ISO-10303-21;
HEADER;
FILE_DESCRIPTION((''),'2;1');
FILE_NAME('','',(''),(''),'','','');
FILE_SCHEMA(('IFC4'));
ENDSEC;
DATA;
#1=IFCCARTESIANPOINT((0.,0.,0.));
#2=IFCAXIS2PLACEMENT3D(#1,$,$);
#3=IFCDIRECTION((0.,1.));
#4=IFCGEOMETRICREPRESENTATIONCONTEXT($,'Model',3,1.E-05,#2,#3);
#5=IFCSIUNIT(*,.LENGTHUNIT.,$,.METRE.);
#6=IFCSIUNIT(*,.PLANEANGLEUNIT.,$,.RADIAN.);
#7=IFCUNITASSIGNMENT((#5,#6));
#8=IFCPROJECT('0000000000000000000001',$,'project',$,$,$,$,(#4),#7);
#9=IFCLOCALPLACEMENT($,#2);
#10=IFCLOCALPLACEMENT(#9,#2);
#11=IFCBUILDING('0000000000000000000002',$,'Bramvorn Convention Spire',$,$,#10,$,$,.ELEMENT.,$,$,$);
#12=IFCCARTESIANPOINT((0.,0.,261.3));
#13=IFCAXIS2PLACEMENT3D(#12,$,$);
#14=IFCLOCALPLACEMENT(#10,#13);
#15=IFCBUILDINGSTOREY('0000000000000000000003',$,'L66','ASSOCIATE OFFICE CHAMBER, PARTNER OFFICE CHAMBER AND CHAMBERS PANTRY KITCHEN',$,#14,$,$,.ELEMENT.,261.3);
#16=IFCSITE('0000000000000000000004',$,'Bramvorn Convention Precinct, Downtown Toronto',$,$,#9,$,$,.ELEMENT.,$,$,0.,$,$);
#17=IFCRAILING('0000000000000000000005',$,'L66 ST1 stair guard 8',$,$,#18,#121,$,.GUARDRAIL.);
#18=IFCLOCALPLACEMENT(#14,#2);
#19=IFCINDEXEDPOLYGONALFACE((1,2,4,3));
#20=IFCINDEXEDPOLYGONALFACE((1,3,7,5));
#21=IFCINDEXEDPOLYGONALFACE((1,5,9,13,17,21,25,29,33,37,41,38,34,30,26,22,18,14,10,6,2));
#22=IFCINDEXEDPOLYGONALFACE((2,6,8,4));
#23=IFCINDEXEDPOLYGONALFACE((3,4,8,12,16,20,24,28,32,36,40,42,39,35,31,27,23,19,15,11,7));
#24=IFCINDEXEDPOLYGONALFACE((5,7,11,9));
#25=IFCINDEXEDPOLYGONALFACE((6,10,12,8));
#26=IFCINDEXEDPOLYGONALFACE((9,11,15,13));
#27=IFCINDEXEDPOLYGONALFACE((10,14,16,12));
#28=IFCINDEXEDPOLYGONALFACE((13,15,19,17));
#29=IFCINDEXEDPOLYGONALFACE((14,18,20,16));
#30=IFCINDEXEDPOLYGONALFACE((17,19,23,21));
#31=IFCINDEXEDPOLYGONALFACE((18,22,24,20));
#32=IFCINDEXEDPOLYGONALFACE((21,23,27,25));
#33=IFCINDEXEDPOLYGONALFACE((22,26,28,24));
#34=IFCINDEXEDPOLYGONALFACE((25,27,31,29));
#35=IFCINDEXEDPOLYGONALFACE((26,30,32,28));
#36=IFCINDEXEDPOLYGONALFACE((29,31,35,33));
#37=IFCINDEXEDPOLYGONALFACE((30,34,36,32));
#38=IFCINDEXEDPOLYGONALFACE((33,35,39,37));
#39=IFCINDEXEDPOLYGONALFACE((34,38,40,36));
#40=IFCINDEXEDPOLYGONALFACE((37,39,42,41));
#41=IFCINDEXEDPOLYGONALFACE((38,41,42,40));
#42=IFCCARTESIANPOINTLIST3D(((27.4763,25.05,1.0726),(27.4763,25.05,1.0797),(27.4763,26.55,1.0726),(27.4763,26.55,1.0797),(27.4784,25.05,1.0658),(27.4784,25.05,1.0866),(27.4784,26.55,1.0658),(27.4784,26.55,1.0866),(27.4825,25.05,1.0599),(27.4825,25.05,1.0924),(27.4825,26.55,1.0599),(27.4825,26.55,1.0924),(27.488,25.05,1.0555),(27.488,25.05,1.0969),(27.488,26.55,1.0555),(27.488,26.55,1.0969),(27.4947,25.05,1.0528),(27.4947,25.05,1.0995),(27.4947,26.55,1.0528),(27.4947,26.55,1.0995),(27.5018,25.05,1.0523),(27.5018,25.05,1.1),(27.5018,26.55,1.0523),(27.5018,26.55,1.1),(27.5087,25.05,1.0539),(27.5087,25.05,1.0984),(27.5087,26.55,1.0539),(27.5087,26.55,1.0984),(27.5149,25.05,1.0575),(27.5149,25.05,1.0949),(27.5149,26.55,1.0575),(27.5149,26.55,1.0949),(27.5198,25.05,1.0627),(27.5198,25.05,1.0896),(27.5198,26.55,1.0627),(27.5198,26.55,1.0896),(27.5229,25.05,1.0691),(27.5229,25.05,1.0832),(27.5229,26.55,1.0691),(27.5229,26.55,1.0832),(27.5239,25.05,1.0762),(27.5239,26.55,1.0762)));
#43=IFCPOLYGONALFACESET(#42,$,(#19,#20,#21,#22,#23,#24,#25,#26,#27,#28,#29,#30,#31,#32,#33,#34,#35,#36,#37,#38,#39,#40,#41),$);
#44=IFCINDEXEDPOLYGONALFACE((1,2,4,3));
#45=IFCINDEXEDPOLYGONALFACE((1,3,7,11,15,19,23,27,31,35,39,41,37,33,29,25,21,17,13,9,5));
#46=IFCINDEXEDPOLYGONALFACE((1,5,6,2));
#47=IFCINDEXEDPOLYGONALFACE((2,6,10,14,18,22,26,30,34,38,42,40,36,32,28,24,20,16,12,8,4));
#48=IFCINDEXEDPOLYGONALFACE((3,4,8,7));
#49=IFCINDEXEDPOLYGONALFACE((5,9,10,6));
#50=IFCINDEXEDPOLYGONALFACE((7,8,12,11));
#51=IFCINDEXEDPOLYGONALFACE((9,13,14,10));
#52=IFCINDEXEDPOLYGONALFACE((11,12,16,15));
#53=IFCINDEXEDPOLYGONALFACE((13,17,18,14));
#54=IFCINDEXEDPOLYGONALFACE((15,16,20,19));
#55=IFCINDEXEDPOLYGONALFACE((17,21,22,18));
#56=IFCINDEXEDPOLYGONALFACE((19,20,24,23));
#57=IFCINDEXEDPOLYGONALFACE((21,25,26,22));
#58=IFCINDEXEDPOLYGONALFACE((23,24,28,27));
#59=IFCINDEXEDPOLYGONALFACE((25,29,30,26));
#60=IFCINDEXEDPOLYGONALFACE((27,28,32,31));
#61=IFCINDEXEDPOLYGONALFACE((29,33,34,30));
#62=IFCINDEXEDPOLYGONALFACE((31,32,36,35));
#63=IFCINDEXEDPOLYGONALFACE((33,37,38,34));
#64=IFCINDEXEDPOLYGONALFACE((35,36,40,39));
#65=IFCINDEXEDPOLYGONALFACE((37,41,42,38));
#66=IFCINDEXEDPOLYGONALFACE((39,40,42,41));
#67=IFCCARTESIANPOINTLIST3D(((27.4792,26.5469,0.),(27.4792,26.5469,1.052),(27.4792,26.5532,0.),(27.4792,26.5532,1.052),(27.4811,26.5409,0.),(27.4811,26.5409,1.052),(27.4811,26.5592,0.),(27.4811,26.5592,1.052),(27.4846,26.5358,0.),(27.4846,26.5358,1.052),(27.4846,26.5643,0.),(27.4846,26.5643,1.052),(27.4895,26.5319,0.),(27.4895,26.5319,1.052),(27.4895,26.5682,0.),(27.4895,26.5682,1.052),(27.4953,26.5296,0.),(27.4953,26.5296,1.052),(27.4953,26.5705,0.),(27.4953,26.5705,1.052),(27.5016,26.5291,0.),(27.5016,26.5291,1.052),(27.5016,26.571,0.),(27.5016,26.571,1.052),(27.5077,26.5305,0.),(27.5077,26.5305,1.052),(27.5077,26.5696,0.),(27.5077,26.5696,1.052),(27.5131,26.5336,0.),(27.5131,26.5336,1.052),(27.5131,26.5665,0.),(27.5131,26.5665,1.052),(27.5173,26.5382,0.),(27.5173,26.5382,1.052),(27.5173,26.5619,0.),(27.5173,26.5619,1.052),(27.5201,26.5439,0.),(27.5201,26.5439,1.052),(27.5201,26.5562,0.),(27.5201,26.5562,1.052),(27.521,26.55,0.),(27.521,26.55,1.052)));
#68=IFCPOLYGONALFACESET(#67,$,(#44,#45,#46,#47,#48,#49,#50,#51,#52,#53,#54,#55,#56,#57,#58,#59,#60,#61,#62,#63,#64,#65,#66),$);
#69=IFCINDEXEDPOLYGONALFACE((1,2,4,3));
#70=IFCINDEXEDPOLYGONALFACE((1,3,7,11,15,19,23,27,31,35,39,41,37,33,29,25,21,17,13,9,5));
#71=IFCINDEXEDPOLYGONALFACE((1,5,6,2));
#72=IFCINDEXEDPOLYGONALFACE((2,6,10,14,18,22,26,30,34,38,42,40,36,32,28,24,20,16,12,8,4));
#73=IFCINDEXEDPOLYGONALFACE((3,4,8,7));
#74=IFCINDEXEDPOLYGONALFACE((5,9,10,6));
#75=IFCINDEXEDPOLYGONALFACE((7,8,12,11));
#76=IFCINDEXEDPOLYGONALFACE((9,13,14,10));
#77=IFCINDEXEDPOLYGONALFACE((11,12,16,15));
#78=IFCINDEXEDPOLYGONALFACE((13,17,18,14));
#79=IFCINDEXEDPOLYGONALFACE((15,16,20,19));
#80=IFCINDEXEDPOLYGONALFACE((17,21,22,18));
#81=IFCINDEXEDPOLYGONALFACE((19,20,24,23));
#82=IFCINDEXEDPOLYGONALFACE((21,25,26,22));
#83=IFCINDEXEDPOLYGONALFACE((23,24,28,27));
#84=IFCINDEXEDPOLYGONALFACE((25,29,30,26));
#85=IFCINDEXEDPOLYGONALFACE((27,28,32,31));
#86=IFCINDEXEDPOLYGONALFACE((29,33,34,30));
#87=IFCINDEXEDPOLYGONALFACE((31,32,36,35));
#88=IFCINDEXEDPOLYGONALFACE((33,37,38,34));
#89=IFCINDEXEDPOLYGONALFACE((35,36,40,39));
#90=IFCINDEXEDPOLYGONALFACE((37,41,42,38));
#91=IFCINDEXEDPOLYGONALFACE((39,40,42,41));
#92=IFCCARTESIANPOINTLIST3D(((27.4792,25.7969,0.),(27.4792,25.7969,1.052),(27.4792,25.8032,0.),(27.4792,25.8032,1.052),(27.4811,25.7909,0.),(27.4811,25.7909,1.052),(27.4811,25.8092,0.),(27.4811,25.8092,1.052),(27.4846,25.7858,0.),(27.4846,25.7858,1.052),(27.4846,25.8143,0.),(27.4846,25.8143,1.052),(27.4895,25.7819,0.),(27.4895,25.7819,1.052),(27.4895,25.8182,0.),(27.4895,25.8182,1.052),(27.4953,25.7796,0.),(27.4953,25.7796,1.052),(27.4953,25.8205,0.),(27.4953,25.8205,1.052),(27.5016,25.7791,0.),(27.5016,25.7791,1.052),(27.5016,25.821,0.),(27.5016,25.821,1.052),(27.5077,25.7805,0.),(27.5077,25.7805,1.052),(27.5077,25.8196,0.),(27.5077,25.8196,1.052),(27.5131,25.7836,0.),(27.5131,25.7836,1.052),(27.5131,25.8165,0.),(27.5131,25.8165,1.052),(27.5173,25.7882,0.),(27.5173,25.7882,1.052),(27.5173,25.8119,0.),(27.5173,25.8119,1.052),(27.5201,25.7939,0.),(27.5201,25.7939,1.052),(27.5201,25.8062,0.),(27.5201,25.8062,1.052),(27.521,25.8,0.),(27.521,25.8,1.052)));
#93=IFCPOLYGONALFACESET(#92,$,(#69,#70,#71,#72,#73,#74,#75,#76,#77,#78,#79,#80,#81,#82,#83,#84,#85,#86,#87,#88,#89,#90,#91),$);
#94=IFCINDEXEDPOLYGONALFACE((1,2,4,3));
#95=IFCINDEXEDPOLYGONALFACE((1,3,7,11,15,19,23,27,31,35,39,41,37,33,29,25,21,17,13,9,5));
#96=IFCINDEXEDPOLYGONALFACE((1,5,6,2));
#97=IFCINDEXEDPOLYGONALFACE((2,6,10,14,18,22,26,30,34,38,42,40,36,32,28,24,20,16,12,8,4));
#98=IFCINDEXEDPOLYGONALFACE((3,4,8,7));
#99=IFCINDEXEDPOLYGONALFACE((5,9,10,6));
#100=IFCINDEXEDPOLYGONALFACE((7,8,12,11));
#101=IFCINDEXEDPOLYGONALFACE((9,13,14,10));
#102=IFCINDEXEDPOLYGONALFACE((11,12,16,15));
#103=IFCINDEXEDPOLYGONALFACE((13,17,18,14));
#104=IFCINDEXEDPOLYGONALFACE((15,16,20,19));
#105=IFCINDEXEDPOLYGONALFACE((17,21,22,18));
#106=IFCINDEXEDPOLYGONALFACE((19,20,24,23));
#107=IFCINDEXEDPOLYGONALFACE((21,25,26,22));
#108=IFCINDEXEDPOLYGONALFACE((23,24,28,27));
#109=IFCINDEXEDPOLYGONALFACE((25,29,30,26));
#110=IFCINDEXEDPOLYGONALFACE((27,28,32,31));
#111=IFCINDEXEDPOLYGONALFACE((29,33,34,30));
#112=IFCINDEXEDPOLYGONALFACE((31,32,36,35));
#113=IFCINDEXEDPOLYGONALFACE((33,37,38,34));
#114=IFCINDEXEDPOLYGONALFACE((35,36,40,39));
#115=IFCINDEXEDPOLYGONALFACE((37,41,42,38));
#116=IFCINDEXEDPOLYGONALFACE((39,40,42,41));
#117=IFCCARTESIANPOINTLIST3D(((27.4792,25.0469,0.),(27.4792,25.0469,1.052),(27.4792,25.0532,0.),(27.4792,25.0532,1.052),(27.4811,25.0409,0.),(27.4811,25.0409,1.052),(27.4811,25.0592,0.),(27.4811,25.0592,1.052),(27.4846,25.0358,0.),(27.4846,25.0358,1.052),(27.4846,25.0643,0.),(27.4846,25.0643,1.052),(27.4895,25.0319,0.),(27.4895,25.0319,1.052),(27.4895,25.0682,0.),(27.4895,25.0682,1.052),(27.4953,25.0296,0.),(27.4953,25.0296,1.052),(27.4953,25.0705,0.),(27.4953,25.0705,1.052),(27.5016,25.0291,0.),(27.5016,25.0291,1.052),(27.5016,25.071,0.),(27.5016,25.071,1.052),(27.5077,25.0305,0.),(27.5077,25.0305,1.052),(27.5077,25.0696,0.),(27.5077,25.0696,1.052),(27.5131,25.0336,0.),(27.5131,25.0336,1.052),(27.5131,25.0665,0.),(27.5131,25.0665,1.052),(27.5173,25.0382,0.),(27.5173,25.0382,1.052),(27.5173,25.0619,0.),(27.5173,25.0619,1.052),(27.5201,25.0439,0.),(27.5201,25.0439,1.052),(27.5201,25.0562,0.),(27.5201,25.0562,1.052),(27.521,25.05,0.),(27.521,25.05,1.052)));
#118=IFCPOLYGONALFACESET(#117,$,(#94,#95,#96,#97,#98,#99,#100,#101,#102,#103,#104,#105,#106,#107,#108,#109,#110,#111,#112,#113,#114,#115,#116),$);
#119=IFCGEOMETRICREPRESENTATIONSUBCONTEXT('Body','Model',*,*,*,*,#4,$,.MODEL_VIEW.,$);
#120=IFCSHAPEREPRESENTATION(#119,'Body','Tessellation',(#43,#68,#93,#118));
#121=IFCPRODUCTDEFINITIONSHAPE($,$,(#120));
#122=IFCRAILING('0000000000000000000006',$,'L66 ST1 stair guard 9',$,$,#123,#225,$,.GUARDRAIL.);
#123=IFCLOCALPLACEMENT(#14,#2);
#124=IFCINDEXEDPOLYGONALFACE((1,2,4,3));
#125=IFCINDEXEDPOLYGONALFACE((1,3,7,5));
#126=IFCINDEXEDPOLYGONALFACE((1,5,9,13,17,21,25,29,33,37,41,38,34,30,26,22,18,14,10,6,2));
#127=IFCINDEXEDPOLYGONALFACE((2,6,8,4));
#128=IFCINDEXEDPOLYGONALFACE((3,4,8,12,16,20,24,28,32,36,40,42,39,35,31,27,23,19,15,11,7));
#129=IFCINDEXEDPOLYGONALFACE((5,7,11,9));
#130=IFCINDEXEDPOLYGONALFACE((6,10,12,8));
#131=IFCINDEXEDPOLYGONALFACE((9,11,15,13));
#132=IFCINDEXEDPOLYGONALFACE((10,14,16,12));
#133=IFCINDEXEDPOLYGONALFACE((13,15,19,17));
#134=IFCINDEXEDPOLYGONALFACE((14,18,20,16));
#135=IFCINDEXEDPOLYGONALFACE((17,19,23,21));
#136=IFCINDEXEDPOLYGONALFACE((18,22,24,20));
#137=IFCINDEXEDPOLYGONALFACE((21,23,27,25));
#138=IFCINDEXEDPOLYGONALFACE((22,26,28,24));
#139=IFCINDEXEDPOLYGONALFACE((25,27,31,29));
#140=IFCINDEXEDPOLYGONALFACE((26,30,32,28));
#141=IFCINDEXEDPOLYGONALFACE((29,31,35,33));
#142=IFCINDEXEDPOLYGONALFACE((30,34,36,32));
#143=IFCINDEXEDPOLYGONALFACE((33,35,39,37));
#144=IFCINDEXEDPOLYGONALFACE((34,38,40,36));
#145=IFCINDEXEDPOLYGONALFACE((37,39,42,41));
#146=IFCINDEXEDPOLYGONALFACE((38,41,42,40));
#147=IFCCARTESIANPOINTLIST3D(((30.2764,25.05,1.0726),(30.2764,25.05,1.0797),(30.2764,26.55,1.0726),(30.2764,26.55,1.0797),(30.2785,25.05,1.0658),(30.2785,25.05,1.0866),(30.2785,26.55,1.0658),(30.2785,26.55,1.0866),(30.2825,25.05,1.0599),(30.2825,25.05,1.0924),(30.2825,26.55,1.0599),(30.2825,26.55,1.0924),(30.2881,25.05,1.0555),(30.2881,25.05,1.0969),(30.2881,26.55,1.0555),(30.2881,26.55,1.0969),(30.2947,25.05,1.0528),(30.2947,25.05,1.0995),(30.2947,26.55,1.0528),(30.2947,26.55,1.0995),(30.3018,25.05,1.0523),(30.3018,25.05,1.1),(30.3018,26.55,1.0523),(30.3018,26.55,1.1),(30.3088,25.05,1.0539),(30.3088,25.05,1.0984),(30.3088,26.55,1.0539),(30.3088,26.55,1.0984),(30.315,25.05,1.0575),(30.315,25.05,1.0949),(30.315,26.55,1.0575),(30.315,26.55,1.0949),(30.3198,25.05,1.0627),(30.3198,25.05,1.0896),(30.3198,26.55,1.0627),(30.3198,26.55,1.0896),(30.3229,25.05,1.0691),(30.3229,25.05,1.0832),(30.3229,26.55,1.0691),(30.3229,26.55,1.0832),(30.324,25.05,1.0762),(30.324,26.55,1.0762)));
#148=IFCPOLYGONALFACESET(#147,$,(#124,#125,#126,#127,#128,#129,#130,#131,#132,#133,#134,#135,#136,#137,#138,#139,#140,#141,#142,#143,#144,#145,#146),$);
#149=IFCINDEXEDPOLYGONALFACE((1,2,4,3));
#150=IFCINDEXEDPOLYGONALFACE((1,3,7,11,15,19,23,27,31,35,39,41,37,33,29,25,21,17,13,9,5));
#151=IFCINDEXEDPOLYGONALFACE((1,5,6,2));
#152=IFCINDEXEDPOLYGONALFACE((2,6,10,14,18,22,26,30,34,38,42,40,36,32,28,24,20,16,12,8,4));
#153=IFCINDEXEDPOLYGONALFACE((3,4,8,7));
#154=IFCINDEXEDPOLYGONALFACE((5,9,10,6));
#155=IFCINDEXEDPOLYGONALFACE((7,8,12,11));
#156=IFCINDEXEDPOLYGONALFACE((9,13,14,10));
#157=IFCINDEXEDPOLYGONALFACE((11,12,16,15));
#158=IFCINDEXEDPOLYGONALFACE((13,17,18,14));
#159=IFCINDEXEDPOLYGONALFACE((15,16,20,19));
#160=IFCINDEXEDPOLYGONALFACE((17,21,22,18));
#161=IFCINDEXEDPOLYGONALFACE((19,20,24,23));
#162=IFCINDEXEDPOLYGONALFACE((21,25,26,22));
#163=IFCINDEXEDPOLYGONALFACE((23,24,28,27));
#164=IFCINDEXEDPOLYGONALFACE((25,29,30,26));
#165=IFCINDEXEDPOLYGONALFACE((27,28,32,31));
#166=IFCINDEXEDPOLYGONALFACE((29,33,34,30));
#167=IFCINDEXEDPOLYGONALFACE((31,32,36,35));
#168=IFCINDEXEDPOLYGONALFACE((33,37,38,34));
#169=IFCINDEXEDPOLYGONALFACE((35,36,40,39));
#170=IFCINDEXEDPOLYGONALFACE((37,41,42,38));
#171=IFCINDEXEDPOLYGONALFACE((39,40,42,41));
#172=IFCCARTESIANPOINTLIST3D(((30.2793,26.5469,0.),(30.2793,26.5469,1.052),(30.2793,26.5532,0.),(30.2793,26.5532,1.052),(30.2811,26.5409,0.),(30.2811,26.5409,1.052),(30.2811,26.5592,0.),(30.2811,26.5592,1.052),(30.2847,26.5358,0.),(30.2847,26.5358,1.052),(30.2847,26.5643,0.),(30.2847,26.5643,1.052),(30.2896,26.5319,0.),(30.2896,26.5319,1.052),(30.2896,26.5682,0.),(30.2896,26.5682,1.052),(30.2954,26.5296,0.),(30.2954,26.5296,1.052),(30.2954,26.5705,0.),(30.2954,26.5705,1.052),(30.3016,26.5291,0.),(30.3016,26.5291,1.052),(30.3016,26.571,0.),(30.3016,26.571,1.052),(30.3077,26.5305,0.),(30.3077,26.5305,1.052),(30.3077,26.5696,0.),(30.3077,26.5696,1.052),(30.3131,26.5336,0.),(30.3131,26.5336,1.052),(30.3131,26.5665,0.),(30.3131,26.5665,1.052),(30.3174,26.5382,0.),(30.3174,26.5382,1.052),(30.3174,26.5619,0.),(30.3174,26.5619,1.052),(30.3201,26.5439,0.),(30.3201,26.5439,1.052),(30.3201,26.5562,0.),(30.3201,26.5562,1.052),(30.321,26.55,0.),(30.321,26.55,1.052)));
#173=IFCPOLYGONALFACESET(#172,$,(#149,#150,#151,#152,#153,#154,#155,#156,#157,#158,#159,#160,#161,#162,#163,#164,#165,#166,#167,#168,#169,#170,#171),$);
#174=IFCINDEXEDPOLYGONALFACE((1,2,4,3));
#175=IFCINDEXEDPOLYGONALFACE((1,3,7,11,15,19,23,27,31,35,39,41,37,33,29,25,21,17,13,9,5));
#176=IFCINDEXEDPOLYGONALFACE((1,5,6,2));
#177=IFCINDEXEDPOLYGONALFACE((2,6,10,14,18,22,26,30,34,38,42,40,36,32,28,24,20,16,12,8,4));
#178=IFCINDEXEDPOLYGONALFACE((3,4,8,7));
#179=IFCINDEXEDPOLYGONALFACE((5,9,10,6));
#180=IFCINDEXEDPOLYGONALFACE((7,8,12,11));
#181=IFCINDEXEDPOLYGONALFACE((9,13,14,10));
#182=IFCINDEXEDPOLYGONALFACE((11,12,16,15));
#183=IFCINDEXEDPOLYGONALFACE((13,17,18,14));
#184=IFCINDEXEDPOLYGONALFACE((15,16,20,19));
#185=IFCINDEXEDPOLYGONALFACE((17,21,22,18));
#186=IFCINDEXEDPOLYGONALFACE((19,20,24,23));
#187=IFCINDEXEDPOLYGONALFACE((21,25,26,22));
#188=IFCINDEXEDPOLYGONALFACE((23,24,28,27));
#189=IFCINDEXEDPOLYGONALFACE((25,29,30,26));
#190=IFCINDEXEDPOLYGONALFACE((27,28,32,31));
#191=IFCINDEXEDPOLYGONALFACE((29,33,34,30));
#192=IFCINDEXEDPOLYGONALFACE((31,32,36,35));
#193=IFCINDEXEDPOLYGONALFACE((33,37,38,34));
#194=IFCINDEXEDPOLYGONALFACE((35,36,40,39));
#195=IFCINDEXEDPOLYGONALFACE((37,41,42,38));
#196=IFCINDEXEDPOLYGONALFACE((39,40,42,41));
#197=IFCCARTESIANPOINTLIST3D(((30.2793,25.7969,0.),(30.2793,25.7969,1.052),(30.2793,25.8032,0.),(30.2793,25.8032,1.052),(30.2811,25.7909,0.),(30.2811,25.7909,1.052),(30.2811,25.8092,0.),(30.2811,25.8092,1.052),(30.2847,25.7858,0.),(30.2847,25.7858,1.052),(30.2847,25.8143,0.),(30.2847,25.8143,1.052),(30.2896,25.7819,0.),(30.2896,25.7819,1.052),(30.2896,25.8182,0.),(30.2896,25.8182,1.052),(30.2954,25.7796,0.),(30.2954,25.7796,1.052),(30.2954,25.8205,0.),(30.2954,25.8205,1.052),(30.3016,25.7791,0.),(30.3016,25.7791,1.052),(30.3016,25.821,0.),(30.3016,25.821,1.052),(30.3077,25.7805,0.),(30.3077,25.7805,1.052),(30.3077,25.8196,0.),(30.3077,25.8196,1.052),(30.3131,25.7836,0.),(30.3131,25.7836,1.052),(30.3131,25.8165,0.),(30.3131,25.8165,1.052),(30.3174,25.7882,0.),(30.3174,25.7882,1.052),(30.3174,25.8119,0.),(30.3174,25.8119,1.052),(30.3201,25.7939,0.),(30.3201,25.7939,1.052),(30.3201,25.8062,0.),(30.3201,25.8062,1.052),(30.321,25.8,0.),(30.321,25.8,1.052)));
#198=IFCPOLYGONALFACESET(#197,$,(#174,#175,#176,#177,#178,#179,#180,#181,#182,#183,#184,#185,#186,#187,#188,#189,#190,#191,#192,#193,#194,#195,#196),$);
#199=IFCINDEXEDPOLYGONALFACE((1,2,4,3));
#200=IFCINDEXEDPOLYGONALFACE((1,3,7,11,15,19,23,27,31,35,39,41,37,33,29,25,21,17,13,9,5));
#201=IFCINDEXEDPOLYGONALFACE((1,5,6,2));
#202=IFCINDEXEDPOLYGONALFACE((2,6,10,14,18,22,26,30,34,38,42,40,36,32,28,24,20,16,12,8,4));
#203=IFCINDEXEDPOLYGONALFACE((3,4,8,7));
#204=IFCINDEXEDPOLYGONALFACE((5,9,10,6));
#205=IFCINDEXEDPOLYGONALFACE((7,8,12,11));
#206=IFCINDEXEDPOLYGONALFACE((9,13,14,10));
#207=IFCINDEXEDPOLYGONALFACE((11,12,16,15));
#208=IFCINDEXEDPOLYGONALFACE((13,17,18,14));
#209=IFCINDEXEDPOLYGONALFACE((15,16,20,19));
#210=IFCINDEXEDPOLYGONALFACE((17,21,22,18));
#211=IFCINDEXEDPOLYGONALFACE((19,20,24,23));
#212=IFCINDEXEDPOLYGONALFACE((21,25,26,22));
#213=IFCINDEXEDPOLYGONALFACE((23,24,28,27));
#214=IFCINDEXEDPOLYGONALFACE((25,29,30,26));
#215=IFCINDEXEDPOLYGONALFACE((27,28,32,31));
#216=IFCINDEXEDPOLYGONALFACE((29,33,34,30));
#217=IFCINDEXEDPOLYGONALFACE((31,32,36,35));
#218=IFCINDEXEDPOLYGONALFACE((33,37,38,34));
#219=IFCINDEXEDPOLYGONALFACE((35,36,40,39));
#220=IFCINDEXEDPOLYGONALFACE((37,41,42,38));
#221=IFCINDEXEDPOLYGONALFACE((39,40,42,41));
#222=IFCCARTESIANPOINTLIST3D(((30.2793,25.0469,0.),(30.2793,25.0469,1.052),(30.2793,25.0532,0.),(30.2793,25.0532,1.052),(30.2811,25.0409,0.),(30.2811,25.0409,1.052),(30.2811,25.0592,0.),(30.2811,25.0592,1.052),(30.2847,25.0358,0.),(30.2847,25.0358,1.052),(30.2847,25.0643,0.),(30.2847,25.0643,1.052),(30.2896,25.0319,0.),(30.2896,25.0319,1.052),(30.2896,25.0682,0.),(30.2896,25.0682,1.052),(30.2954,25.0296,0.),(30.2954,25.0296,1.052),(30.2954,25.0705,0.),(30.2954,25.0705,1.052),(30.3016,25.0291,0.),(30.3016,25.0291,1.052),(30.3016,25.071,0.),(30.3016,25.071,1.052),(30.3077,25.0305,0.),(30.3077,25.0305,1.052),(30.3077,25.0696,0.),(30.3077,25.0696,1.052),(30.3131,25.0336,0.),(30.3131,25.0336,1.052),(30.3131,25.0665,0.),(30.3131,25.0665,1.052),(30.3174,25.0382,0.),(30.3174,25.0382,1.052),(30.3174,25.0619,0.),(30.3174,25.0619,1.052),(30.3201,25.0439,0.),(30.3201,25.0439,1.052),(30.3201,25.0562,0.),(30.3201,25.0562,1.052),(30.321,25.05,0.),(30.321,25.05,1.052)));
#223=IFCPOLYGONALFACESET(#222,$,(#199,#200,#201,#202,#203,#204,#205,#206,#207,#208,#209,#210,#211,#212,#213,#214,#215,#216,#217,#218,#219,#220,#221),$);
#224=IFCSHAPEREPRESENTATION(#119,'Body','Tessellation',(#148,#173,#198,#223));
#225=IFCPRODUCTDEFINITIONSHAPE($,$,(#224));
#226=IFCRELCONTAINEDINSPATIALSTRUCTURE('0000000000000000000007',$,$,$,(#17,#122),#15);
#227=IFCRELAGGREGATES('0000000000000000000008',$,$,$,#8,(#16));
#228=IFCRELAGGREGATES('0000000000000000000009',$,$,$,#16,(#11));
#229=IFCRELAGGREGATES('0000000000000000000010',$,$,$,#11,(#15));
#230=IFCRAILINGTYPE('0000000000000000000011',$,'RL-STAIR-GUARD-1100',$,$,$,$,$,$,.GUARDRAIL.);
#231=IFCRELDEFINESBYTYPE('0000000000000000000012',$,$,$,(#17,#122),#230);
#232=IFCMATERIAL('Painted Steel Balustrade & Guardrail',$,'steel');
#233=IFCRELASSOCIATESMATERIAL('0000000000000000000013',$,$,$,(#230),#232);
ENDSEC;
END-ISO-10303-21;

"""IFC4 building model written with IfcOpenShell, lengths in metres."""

from ifc_helpers import new_model, si_unit, direction, frame, origin, origin_2d, place, context, subcontext, project, spatial, circle, extrude, material, type_object, element, save


model = new_model("IFC4")

# Units and contexts
model_context = context("Model", 3, precision=1e-05, world=origin(), true_north=direction((0.0, 1.0)))
body_context = subcontext(model_context, "Body", "Model", "MODEL_VIEW")
ifc_project = project(units=[si_unit("LENGTHUNIT", "METRE"), si_unit("PLANEANGLEUNIT", "RADIAN")], contexts=[model_context])

# Site, building, storey
site_placement = place(None, origin())
site = spatial("IfcSite", under=ifc_project, at=site_placement, Name="Bramvorn Convention Precinct, Downtown Toronto", CompositionType="ELEMENT", RefElevation=0.0)
building_placement = place(site_placement, origin())
building = spatial("IfcBuilding", under=site, at=building_placement, Name="Bramvorn Convention Spire", CompositionType="ELEMENT")
storey_placement = place(building_placement, frame((0.0, 0.0, 261.3)))
storey = spatial("IfcBuildingStorey", under=building, at=storey_placement, Name="L66", Description="ASSOCIATE OFFICE CHAMBER, PARTNER OFFICE CHAMBER AND CHAMBERS PANTRY KITCHEN", CompositionType="ELEMENT", Elevation=261.3)

# Railings
ifc_material_1 = material(Name="Painted Steel Balustrade & Guardrail", Category="steel")
railing_type = type_object("IfcRailingType", Name="RL-STAIR-GUARD-1100", PredefinedType="GUARDRAIL", material=ifc_material_1)
for number, where, name in (
    (1, (27.5, 26.55, 0.0), "L66 ST1 stair guard 8"),
    (2, (30.3, 26.55, 0.0), "L66 ST1 stair guard 9"),
):
    element("IfcRailing", number, at=place(storey_placement, frame(where)), inside=storey, type_object=railing_type, Name=name, PredefinedType="GUARDRAIL", context=body_context, shape_type="SweptSolid", body=[
        extrude(circle(Radius=0.0239, at=origin_2d()), frame((0.0, 0.0, 1.0762), z_axis=(0.0, -1.0, 0.0), x_axis=(1.0, 0.0, 0.0)), (0.0, 0.0, 1.0), 1.5),
        extrude(circle(Radius=0.021, at=origin_2d()), origin(), (0.0, 0.0, 1.0), 1.052),
        extrude(circle(Radius=0.021, at=origin_2d()), frame((0.0, -0.75, 0.0)), (0.0, 0.0, 1.0), 1.052),
        extrude(circle(Radius=0.021, at=origin_2d()), frame((0.0, -1.5, 0.0)), (0.0, 0.0, 1.0), 1.052),
    ])

save(model, "model.ifc")
